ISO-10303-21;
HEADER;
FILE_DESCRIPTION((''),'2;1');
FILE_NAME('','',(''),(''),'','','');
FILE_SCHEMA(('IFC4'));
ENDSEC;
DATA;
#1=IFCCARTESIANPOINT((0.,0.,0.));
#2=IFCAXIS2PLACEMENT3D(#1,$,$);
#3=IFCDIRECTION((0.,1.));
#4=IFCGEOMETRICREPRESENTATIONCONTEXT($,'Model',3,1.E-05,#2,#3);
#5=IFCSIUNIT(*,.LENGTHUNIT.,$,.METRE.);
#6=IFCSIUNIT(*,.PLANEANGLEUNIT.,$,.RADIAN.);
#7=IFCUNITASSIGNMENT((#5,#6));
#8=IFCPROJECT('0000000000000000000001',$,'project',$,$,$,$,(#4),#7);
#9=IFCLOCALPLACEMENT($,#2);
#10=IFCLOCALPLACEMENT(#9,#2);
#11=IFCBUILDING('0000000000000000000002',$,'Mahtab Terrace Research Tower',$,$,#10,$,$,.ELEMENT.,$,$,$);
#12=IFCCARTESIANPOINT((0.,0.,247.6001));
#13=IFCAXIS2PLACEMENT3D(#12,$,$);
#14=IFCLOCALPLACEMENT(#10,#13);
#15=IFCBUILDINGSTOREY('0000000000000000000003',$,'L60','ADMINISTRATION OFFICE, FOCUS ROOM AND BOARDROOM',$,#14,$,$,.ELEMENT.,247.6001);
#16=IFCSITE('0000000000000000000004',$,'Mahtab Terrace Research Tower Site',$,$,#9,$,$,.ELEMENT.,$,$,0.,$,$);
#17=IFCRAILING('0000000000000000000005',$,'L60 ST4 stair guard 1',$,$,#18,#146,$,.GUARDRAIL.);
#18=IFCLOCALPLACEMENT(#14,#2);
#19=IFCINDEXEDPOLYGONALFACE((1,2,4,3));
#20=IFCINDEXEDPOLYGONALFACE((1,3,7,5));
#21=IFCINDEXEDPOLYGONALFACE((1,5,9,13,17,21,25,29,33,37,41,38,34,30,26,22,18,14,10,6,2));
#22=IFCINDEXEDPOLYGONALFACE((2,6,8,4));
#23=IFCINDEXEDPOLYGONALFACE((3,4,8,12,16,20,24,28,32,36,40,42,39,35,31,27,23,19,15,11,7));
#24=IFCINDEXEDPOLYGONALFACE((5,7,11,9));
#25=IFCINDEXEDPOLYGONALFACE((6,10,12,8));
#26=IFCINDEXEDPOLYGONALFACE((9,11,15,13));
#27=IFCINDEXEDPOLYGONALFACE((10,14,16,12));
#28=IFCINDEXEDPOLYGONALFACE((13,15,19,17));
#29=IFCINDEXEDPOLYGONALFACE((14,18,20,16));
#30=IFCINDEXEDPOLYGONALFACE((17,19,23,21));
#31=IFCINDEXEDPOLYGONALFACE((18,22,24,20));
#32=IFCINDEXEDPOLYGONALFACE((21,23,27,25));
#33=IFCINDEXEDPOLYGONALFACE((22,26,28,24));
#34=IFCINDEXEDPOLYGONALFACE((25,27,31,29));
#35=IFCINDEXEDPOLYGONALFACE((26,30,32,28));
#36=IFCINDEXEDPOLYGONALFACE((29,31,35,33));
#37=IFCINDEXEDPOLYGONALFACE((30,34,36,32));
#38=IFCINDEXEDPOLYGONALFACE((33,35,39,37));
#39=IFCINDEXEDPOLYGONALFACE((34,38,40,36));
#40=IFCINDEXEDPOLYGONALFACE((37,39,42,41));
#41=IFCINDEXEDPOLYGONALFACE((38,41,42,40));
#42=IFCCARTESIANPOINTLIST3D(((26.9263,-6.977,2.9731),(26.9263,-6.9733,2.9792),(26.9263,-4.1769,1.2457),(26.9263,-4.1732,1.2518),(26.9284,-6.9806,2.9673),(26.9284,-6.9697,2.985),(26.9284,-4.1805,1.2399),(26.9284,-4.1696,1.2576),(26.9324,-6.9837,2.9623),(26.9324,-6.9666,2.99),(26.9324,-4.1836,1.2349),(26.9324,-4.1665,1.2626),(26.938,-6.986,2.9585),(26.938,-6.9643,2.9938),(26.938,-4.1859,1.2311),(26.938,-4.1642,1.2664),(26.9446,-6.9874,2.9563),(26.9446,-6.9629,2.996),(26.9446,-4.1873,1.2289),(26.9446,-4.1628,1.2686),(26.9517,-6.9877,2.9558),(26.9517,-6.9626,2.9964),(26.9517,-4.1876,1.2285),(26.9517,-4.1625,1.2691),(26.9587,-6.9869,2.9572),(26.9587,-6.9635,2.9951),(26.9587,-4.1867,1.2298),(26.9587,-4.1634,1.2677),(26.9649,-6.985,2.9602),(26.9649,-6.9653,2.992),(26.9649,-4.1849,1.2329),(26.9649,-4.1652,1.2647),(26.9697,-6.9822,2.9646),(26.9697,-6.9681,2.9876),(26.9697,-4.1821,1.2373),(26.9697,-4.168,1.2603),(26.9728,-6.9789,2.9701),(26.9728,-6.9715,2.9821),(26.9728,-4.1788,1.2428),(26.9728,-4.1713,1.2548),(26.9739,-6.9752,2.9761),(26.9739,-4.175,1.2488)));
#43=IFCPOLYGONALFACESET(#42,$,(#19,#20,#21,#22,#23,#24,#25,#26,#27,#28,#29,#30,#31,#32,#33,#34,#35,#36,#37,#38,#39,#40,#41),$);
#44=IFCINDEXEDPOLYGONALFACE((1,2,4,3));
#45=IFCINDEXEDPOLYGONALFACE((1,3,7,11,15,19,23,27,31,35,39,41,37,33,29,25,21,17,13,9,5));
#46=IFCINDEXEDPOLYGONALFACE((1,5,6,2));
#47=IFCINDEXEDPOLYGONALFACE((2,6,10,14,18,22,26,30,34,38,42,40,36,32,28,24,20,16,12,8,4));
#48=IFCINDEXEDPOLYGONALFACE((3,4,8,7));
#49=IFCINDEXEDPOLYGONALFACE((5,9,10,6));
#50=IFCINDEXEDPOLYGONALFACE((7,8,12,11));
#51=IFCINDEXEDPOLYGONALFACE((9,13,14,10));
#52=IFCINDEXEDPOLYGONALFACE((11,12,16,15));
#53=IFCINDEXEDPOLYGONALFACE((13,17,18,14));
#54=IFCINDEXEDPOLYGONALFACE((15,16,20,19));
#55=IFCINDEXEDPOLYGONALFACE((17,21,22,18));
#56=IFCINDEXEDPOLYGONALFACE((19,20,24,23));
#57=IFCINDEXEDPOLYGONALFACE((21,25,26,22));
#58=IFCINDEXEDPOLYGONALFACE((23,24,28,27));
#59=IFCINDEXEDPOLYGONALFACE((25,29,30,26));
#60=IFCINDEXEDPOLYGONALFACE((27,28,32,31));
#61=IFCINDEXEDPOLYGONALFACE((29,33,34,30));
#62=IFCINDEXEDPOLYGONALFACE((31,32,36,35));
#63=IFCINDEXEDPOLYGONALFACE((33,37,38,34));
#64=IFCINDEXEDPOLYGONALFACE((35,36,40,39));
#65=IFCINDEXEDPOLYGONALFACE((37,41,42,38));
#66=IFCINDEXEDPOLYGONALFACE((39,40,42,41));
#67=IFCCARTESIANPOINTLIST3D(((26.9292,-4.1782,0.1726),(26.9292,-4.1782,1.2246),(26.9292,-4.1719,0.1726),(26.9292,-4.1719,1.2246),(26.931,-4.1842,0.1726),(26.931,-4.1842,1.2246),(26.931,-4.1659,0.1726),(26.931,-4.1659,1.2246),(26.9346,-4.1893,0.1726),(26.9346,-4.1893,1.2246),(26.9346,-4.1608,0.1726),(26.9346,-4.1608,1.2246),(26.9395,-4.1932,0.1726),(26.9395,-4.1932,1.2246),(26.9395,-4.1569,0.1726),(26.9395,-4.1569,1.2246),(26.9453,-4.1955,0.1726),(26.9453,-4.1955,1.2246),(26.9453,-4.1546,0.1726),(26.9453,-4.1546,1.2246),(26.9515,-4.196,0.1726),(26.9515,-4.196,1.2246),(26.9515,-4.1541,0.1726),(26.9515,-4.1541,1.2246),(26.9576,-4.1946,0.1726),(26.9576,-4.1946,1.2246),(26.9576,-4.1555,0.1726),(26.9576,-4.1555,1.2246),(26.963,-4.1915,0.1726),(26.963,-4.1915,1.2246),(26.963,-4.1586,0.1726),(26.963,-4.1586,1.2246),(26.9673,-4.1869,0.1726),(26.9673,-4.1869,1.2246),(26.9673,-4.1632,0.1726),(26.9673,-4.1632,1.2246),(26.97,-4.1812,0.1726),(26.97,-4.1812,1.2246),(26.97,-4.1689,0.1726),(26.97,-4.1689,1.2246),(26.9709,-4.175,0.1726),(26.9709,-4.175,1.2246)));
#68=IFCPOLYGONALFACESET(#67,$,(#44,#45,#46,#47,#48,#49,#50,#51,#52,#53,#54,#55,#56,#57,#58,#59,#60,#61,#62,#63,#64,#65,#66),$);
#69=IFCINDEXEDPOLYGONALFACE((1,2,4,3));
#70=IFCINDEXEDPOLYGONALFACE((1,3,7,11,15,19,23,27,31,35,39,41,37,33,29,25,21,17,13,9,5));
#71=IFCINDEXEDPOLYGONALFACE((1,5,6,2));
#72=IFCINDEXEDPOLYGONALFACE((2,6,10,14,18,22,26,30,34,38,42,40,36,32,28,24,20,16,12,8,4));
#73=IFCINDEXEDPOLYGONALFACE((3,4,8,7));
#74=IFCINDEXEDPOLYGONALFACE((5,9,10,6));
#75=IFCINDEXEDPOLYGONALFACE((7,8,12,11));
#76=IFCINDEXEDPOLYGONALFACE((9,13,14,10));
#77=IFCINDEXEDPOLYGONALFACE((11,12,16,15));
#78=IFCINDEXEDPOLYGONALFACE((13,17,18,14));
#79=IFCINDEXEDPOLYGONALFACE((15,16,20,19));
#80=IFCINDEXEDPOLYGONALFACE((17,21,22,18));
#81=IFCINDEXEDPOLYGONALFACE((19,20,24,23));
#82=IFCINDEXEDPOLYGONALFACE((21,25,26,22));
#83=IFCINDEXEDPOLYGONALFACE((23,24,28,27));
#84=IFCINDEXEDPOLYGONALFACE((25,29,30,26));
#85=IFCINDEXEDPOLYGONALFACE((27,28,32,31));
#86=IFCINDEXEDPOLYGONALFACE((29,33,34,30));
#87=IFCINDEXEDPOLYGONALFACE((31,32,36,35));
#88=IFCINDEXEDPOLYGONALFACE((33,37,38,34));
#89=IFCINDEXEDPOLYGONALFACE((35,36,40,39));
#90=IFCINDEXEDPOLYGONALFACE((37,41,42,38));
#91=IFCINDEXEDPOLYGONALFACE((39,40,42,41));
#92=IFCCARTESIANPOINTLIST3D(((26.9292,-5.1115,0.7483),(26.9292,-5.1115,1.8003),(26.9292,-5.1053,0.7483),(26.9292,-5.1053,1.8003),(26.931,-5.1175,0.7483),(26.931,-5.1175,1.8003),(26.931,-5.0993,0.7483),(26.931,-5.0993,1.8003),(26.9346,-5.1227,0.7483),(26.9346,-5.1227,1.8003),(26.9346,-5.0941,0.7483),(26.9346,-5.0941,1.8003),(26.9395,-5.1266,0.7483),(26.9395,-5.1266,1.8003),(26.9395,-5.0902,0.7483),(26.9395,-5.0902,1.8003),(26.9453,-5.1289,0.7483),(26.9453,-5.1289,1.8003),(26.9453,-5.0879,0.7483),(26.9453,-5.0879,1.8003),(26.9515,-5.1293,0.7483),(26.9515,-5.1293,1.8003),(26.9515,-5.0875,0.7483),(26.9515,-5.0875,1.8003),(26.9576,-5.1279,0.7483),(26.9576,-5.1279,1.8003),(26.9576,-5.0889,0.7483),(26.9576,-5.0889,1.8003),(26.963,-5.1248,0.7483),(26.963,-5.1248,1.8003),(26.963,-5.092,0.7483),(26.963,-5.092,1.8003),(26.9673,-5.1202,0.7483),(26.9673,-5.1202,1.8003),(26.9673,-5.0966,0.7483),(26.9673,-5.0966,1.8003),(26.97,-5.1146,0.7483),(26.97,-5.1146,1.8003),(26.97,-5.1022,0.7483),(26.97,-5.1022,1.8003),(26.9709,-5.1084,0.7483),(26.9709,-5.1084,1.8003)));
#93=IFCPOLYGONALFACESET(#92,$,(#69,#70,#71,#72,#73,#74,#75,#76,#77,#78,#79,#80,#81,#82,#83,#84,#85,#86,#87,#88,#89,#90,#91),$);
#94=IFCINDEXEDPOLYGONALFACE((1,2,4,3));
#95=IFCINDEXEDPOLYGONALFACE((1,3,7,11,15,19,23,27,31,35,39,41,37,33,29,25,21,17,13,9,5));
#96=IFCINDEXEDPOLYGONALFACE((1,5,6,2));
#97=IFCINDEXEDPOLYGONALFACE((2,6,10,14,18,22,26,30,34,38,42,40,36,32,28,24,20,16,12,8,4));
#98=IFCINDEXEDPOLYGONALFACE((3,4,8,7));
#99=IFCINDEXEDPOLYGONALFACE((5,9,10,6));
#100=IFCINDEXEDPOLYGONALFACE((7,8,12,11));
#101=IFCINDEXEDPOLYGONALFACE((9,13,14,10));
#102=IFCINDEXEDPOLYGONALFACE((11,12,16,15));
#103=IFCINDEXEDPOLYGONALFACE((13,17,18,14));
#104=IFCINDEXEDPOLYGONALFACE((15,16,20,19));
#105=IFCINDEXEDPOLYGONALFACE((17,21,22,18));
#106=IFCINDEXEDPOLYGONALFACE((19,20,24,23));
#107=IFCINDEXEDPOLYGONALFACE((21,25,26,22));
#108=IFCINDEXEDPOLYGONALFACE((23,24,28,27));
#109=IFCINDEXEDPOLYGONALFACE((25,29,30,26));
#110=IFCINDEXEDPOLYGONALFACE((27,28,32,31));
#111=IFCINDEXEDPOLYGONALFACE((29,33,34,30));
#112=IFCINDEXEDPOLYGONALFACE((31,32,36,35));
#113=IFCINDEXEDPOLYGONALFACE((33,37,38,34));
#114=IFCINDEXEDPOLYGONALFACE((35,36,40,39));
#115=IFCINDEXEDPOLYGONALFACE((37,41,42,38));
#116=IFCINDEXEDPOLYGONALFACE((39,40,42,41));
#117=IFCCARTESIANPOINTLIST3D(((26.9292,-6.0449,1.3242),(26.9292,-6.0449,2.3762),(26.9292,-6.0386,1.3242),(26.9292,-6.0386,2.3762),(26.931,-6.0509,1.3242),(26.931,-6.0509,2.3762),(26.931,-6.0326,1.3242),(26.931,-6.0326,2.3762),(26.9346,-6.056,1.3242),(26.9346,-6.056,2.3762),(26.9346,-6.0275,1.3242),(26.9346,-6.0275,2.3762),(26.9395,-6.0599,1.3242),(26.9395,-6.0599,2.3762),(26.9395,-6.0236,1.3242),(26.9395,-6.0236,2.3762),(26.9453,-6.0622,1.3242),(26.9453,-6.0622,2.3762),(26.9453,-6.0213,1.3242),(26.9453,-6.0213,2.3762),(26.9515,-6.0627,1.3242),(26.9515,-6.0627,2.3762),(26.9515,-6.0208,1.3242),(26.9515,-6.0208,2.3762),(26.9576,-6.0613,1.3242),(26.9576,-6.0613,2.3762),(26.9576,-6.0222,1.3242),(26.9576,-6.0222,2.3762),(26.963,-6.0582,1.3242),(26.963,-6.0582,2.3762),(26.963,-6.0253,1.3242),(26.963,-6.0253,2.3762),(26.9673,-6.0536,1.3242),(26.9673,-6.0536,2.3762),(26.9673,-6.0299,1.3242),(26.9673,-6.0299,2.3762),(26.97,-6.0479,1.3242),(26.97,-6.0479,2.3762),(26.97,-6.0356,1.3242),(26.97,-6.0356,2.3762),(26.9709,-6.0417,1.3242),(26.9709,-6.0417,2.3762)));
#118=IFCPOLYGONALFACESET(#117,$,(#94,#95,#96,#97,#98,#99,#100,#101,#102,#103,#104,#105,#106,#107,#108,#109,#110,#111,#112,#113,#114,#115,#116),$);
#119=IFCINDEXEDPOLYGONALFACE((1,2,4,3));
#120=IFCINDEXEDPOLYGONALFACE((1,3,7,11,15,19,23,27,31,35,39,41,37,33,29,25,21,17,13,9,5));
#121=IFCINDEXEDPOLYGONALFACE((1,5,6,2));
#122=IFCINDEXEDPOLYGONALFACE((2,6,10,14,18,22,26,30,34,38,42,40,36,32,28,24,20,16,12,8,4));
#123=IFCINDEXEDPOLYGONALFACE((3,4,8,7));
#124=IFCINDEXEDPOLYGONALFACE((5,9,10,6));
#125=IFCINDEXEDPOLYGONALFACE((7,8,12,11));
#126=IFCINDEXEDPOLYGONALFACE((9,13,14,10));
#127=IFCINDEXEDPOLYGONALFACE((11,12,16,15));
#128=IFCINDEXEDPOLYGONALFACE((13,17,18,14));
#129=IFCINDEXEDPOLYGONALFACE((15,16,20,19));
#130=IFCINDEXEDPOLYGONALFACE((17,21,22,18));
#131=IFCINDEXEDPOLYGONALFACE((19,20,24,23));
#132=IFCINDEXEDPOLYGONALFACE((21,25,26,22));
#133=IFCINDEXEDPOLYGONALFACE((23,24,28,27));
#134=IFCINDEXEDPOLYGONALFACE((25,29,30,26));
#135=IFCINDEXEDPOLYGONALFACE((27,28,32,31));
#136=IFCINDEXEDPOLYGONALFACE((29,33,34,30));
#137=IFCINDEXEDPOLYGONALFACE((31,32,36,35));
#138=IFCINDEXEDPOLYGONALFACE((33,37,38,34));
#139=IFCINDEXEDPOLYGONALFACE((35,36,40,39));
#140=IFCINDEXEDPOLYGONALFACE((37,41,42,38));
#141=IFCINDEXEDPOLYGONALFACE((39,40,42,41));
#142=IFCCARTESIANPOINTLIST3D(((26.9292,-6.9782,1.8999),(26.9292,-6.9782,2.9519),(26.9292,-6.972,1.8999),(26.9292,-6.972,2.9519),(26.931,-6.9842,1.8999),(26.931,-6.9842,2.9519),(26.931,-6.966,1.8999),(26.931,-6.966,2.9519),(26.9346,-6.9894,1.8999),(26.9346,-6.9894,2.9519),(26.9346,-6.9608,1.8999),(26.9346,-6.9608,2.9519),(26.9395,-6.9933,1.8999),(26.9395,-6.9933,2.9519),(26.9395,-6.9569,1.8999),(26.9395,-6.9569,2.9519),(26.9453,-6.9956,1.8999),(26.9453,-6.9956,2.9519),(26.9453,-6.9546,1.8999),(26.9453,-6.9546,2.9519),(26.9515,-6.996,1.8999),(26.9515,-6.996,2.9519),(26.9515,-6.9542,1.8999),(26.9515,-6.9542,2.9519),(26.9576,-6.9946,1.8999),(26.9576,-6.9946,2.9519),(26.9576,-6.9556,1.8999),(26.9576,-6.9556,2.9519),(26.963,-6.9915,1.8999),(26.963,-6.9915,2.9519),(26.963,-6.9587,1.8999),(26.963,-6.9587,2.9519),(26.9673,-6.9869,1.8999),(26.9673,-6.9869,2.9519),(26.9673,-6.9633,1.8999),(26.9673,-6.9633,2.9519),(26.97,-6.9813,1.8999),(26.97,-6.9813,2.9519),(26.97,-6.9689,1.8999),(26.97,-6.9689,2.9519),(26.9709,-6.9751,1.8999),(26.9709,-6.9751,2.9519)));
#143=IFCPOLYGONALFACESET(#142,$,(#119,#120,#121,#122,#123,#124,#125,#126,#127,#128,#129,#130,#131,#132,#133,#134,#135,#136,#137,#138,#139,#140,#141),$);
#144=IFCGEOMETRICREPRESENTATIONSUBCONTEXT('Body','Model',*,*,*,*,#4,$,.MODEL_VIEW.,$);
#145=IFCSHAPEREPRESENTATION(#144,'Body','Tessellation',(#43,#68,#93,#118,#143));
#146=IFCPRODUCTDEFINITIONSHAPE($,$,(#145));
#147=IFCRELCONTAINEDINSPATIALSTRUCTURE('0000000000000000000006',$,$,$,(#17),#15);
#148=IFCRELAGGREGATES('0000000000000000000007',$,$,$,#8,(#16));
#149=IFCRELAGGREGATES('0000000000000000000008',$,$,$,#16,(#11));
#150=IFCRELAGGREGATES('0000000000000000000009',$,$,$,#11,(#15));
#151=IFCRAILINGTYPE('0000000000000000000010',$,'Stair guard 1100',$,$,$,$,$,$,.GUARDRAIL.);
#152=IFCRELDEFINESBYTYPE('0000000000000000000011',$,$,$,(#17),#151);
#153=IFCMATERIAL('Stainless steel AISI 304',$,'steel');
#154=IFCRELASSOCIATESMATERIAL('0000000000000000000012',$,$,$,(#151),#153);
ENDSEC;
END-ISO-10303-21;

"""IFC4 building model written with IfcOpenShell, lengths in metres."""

from ifc_helpers import new_model, si_unit, direction, frame, origin, origin_2d, place, context, subcontext, project, spatial, circle, extrude, material, type_object, element, save


model = new_model("IFC4")

# Units and contexts
model_context = context("Model", 3, precision=1e-05, world=origin(), true_north=direction((0.0, 1.0)))
body_context = subcontext(model_context, "Body", "Model", "MODEL_VIEW")
ifc_project = project(units=[si_unit("LENGTHUNIT", "METRE"), si_unit("PLANEANGLEUNIT", "RADIAN")], contexts=[model_context])

# Site, building, storey
site_placement = place(None, origin())
site = spatial("IfcSite", under=ifc_project, at=site_placement, Name="Mahtab Terrace Research Tower Site", CompositionType="ELEMENT", RefElevation=0.0)
building_placement = place(site_placement, origin())
building = spatial("IfcBuilding", under=site, at=building_placement, Name="Mahtab Terrace Research Tower", CompositionType="ELEMENT")
storey_placement = place(building_placement, frame((0.0, 0.0, 247.6001)))
storey = spatial("IfcBuildingStorey", under=building, at=storey_placement, Name="L60", Description="ADMINISTRATION OFFICE, FOCUS ROOM AND BOARDROOM", CompositionType="ELEMENT", Elevation=247.6001)

# Shared definitions
ifc_material_1 = material(Name="Stainless steel AISI 304", Category="steel")

# Railing
railing_type_1 = type_object("IfcRailingType", Name="Stair guard 1100", PredefinedType="GUARDRAIL", material=ifc_material_1)
railing_1_placement = place(storey_placement, frame((26.95, -4.175, 0.1726)))
element("IfcRailing", 1, at=railing_1_placement, inside=storey, type_object=railing_type_1, Name="L60 ST4 stair guard 1", PredefinedType="GUARDRAIL", context=body_context, shape_type="SweptSolid", body=[
    extrude(circle(Radius=0.0239, at=origin_2d()), frame((0.0, 0.0, 1.0762), z_axis=(0.0, -0.85109, 0.52502), x_axis=(1.0, 0.0, 0.0)), (0.0, 0.0, 1.0), 3.29),
    extrude(circle(Radius=0.021, at=origin_2d()), origin(), (0.0, 0.0, 1.0), 1.052),
    extrude(circle(Radius=0.021, at=origin_2d()), frame((0.0, -0.9333, 0.5757)), (0.0, 0.0, 1.0), 1.052),
    extrude(circle(Radius=0.021, at=origin_2d()), frame((0.0, -1.8667, 1.1516)), (0.0, 0.0, 1.0), 1.052),
    extrude(circle(Radius=0.021, at=origin_2d()), frame((0.0, -2.8, 1.7273)), (0.0, 0.0, 1.0), 1.052),
])

save(model, "model.ifc")
